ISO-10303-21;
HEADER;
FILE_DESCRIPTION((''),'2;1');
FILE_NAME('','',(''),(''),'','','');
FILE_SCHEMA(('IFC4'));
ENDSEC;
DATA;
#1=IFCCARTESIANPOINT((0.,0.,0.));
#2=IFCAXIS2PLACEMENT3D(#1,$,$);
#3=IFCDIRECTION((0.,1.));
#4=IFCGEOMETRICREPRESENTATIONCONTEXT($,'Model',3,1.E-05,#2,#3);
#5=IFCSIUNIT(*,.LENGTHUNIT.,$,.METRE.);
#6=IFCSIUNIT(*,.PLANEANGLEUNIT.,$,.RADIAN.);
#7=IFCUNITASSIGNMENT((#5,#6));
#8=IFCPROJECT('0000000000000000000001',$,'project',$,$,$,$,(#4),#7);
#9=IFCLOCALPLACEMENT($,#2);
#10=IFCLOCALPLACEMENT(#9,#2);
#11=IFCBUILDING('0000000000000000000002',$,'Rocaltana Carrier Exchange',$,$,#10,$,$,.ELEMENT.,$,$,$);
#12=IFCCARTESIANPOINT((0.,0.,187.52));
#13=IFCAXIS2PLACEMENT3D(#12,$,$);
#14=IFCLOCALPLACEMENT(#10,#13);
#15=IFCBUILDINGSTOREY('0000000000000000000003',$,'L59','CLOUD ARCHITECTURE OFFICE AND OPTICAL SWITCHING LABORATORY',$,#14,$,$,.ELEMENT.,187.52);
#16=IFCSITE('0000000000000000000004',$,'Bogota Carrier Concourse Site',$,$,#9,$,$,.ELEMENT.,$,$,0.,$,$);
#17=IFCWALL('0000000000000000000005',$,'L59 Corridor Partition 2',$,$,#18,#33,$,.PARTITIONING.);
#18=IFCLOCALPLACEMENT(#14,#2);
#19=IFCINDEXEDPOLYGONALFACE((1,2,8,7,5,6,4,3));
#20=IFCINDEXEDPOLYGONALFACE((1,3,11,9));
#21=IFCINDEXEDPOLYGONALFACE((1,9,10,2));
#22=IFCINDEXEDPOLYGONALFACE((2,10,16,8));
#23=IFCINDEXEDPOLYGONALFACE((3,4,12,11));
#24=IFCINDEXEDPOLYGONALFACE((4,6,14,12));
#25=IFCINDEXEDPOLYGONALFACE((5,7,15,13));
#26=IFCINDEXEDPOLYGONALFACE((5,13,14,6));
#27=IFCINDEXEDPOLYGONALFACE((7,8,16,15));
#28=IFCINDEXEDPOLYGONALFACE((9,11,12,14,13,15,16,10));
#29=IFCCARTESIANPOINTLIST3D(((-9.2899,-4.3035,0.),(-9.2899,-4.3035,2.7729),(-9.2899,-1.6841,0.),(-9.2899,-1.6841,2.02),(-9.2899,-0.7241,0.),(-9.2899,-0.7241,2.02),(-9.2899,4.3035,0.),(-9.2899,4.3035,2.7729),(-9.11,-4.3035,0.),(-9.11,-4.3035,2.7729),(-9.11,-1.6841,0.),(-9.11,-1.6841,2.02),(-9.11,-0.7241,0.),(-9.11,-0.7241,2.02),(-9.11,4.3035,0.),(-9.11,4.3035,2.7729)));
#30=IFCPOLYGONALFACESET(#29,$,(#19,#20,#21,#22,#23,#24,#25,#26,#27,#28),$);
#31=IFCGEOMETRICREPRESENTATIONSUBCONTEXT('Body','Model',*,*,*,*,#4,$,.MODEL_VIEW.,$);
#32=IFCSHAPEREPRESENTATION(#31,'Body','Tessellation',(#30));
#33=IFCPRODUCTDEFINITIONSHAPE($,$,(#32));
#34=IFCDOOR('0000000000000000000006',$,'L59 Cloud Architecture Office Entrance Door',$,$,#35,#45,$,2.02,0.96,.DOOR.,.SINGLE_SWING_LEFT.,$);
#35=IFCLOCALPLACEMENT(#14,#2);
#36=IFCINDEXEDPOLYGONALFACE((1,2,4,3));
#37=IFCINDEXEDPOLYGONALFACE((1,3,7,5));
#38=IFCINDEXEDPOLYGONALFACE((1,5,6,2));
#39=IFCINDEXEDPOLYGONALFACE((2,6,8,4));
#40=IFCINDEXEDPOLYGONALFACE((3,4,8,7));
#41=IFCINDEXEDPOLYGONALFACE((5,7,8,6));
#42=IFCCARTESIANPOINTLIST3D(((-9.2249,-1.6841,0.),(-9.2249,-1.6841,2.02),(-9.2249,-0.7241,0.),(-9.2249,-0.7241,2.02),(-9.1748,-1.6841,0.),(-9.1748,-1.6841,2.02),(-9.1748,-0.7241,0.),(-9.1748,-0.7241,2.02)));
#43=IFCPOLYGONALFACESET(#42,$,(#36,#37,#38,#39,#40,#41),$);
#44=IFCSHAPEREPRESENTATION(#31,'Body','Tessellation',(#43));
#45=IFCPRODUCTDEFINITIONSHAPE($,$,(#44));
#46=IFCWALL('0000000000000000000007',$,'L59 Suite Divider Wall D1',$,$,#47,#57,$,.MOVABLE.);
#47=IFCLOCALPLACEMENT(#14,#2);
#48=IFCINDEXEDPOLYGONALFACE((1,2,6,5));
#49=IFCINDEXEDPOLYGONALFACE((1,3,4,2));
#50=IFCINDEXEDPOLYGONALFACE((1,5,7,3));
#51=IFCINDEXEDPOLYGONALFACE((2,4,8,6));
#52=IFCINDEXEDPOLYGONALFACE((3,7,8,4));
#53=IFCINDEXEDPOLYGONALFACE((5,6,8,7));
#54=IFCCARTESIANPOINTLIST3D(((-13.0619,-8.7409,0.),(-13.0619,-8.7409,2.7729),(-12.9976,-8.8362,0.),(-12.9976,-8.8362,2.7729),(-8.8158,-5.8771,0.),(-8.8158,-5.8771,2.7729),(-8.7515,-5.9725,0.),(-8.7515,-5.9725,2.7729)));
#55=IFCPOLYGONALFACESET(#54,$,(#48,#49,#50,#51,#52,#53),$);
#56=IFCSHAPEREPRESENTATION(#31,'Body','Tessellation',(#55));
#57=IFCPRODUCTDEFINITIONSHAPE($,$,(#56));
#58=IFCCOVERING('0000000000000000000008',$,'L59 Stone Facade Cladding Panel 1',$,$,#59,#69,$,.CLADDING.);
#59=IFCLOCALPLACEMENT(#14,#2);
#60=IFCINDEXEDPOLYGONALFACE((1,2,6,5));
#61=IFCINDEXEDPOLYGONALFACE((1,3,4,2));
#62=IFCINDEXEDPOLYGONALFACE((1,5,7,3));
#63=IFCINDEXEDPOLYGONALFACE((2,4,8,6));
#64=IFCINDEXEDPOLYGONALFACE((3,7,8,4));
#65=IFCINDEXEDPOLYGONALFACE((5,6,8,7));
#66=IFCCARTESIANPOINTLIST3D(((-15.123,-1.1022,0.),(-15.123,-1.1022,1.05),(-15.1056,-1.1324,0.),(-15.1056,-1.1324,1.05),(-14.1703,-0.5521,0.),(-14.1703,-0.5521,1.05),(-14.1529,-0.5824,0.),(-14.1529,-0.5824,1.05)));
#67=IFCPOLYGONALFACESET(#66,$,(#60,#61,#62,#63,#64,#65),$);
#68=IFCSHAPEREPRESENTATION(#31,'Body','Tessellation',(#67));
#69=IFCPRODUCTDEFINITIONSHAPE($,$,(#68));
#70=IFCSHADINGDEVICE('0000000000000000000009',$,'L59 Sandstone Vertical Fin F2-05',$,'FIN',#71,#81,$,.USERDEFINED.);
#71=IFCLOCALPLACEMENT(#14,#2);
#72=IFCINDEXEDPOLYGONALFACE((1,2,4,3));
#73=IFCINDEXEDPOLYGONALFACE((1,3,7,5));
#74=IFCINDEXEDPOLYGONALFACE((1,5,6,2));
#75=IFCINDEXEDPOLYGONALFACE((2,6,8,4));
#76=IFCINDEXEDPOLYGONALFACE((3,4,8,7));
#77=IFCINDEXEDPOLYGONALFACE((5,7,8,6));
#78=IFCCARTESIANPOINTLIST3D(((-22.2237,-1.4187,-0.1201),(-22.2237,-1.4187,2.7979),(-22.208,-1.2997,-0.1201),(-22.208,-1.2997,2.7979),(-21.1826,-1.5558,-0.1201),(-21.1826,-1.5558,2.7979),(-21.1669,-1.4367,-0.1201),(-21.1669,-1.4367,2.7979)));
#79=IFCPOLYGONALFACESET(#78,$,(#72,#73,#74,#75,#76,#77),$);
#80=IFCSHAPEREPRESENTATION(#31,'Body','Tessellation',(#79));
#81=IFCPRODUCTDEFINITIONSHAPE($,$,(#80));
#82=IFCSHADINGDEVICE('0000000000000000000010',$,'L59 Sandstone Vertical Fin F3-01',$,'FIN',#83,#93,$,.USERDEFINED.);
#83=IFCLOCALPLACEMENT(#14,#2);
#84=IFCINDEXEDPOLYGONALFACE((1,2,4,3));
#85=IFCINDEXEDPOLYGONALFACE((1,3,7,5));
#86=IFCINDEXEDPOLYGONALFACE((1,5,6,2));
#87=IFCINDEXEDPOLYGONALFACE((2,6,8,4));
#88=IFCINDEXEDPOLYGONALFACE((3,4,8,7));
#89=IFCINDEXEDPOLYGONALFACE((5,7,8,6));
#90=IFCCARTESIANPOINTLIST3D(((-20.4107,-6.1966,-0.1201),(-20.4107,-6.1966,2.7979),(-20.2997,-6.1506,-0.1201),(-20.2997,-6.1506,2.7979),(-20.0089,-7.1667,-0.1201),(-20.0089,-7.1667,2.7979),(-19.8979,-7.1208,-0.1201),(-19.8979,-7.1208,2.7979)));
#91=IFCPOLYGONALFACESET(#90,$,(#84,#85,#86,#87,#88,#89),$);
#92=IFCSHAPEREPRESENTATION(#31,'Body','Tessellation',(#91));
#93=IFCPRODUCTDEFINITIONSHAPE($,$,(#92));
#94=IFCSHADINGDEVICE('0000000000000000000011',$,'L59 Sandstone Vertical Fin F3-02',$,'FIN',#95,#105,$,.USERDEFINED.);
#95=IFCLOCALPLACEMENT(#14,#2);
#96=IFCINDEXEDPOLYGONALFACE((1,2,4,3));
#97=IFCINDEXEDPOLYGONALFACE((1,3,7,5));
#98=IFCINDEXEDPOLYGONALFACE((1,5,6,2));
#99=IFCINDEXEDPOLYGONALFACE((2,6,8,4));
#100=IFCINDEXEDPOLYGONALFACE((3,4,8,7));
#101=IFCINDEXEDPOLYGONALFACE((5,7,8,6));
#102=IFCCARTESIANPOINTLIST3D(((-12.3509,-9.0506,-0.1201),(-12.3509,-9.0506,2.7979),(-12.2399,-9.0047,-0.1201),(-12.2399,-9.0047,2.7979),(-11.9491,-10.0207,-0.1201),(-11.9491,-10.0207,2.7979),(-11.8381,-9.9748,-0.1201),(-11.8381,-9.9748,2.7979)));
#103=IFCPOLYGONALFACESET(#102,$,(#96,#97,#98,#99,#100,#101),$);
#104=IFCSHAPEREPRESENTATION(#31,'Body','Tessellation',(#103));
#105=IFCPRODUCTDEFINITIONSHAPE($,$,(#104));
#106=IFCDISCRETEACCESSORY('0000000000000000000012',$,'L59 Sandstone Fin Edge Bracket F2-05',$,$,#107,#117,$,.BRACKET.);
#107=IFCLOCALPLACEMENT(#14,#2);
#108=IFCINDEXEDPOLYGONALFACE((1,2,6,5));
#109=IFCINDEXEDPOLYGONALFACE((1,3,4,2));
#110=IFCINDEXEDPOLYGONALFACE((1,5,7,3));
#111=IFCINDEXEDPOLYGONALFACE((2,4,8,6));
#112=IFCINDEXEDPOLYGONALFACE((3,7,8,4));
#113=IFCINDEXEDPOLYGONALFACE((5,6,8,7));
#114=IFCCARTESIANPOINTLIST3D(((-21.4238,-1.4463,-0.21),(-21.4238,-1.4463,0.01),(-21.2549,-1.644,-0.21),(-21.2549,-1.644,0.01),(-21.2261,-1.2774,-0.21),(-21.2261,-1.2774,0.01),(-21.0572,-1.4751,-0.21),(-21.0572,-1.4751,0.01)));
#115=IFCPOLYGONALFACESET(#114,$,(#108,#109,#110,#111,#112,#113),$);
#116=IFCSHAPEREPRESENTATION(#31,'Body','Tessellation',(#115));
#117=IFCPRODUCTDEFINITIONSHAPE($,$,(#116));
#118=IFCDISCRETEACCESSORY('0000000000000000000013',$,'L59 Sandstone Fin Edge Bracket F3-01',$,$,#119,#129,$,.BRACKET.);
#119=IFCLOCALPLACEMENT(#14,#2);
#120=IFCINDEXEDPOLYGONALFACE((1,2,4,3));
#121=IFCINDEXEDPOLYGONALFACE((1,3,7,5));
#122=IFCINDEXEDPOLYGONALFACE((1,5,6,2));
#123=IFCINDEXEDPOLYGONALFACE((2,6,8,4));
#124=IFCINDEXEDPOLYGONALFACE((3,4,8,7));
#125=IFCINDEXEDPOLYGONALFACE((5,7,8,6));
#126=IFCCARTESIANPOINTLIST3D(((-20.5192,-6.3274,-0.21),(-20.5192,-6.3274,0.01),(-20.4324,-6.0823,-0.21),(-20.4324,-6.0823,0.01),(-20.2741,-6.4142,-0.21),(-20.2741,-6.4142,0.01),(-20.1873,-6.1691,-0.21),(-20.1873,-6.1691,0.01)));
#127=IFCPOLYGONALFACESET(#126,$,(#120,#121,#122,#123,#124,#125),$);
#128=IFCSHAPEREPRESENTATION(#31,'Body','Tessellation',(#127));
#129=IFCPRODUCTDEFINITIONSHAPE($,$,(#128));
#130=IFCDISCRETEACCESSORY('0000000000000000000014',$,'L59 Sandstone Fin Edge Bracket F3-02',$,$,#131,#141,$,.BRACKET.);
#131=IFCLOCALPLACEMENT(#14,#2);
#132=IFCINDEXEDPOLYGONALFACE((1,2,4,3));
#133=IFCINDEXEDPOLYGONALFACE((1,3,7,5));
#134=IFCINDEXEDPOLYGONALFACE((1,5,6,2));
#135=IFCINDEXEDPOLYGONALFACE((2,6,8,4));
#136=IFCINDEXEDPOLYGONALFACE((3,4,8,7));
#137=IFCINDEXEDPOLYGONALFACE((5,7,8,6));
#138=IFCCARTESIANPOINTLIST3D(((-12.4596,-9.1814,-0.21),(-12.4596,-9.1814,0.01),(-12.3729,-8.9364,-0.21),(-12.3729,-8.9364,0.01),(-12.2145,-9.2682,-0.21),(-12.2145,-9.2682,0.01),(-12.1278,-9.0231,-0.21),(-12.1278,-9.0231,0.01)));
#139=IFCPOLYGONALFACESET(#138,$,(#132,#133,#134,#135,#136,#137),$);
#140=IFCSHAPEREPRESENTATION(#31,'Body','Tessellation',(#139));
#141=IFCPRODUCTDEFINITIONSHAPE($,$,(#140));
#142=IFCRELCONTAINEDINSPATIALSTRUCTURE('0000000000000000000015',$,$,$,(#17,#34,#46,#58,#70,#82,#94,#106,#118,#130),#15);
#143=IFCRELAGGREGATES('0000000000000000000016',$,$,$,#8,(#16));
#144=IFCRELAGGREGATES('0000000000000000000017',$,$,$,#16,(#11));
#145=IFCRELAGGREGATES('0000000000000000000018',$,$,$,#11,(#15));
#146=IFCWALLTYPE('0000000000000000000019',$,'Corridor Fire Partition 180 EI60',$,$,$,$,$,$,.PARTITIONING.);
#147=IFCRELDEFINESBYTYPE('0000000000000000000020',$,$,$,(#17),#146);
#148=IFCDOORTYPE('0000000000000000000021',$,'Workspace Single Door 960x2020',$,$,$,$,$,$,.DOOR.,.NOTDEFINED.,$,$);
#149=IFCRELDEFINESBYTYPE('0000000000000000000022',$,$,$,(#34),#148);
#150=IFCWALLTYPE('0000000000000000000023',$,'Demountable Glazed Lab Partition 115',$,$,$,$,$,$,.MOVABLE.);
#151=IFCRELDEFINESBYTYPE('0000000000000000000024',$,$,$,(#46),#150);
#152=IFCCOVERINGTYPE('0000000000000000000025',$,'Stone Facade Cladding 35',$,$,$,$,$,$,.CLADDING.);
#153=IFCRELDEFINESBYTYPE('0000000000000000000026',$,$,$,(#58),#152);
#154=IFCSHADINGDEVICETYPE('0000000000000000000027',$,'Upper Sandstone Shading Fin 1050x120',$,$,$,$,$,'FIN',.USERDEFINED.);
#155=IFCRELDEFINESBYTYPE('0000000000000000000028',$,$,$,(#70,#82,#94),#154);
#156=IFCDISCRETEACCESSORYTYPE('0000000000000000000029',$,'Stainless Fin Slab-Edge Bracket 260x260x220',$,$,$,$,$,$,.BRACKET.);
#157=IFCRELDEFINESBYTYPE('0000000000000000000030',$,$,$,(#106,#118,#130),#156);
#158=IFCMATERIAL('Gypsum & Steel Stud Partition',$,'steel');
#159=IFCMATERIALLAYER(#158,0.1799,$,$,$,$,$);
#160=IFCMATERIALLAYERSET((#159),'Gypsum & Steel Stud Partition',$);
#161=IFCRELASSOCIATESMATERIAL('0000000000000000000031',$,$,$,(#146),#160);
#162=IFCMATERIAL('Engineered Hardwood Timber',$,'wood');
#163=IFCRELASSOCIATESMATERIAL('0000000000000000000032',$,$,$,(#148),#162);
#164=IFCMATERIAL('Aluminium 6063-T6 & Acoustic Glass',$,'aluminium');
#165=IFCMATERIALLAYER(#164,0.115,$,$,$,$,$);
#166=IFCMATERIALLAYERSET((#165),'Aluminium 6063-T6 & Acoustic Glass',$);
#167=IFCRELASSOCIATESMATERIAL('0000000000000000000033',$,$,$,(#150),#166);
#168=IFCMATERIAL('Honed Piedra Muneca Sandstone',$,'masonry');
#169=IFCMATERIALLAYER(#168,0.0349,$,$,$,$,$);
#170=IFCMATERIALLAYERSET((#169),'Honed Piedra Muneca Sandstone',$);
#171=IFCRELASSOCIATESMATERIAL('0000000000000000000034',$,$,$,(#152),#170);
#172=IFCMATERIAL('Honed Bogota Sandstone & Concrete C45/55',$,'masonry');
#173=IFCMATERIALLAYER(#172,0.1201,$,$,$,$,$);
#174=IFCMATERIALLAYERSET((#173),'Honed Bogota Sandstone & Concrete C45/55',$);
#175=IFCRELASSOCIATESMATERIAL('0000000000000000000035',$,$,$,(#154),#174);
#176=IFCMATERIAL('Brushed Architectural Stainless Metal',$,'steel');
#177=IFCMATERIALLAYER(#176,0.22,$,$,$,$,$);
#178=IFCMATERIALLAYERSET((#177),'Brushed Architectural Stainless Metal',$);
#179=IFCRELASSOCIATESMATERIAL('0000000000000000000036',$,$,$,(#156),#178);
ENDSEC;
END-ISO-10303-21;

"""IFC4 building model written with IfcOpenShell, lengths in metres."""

from ifc_helpers import new_model, si_unit, direction, frame, frame_2d, origin, origin_2d, place, context, subcontext, project, spatial, rectangle, extrude, material, layer, layer_set, type_object, element, fill, save


model = new_model("IFC4")

# Units and contexts
model_context = context("Model", 3, precision=1e-05, world=origin(), true_north=direction((0.0, 1.0)))
body_context = subcontext(model_context, "Body", "Model", "MODEL_VIEW")
ifc_project = project(units=[si_unit("LENGTHUNIT", "METRE"), si_unit("PLANEANGLEUNIT", "RADIAN")], contexts=[model_context])

# Site, building, storey
site_placement = place(None, origin())
site = spatial("IfcSite", under=ifc_project, at=site_placement, Name="Bogota Carrier Concourse Site", CompositionType="ELEMENT", RefElevation=0.0)
building_placement = place(site_placement, origin())
building = spatial("IfcBuilding", under=site, at=building_placement, Name="Rocaltana Carrier Exchange", CompositionType="ELEMENT")
storey_placement = place(building_placement, frame((0.0, 0.0, 187.52)))
storey = spatial("IfcBuildingStorey", under=building, at=storey_placement, Name="L59", Description="CLOUD ARCHITECTURE OFFICE AND OPTICAL SWITCHING LABORATORY", CompositionType="ELEMENT", Elevation=187.52)

# Wall, opening, door
ifc_material_1 = material(Name="Gypsum & Steel Stud Partition", Category="steel")
ifc_layer_1 = layer(ifc_material_1, 0.1799)
ifc_layer_set_1 = layer_set([ifc_layer_1], Name="Gypsum & Steel Stud Partition")
wall_type_1 = type_object("IfcWallType", Name="Corridor Fire Partition 180 EI60", PredefinedType="PARTITIONING", material=ifc_layer_set_1)
wall_1_placement = place(storey_placement, frame((-9.2, -4.3035, 0.0), z_axis=(0.0, 0.0, 1.0), x_axis=(0.0, 1.0, 0.0)))
wall_1 = element("IfcWall", 1, at=wall_1_placement, inside=storey, type_object=wall_type_1, Name="L59 Corridor Partition 2", PredefinedType="PARTITIONING", context=body_context, shape_type="SweptSolid", body=[
    extrude(rectangle(XDim=8.6069, YDim=0.1799, at=frame_2d((4.3035, 0.0))), origin(), (0.0, 0.0, 1.0), 2.7729),
])
opening_placement = place(wall_1_placement, frame((2.6194, 0.0, 0.0)))
opening = element("IfcOpeningElement", 2, at=opening_placement, cuts=wall_1, PredefinedType="OPENING", context=body_context, shape_type="SweptSolid", body=[
    extrude(rectangle(XDim=0.96, YDim=2.02, at=frame_2d((0.48, 1.01))), frame((0.0, 0.0999, 0.0), z_axis=(0.0, -1.0, 0.0), x_axis=(1.0, 0.0, 0.0)), (0.0, 0.0, 1.0), 0.2),
])
ifc_material_2 = material(Name="Engineered Hardwood Timber", Category="wood")
door_type = type_object("IfcDoorType", Name="Workspace Single Door 960x2020", OperationType="NOTDEFINED", PredefinedType="DOOR", material=ifc_material_2)
door_placement = place(opening_placement, origin())
door = element("IfcDoor", 3, at=door_placement, inside=storey, type_object=door_type, Name="L59 Cloud Architecture Office Entrance Door", OperationType="SINGLE_SWING_LEFT", OverallHeight=2.02, OverallWidth=0.96, PredefinedType="DOOR", context=body_context, shape_type="SweptSolid", body=[
    extrude(rectangle(XDim=0.96, YDim=2.02, at=frame_2d((0.48, 1.01))), frame((0.0, 0.0249, 0.0), z_axis=(0.0, -1.0, 0.0), x_axis=(1.0, 0.0, 0.0)), (0.0, 0.0, 1.0), 0.05),
])
fill(opening, door)

# Wall
ifc_material_3 = material(Name="Aluminium 6063-T6 & Acoustic Glass", Category="aluminium")
ifc_layer_2 = layer(ifc_material_3, 0.115)
ifc_layer_set_2 = layer_set([ifc_layer_2], Name="Aluminium 6063-T6 & Acoustic Glass")
wall_type_2 = type_object("IfcWallType", Name="Demountable Glazed Lab Partition 115", PredefinedType="MOVABLE", material=ifc_layer_set_2)
wall_2_placement = place(storey_placement, frame((-8.7837, -5.9248, 0.0), z_axis=(0.0, 0.0, 1.0), x_axis=(-0.829061, -0.559158, 0.0)))
element("IfcWall", 4, at=wall_2_placement, inside=storey, type_object=wall_type_2, Name="L59 Suite Divider Wall D1", PredefinedType="MOVABLE", context=body_context, shape_type="SweptSolid", body=[
    extrude(rectangle(XDim=5.1216, YDim=0.115, at=frame_2d((2.5608, 0.0))), origin(), (0.0, 0.0, 1.0), 2.7729),
])

# Covering
ifc_material_4 = material(Name="Honed Piedra Muneca Sandstone", Category="masonry")
ifc_layer_3 = layer(ifc_material_4, 0.0349)
ifc_layer_set_3 = layer_set([ifc_layer_3], Name="Honed Piedra Muneca Sandstone")
covering_type = type_object("IfcCoveringType", Name="Stone Facade Cladding 35", PredefinedType="CLADDING", material=ifc_layer_set_3)
covering_placement = place(storey_placement, frame((-14.6379, -0.8423, 0.0), z_axis=(0.0, 0.0, 1.0), x_axis=(0.866025, 0.5, 0.0)))
element("IfcCovering", 5, at=covering_placement, inside=storey, type_object=covering_type, Name="L59 Stone Facade Cladding Panel 1", PredefinedType="CLADDING", context=body_context, shape_type="SweptSolid", body=[
    extrude(rectangle(XDim=1.1001, YDim=0.0349, at=origin_2d()), origin(), (0.0, 0.0, 1.0), 1.05),
])

# Shading devices
ifc_material_5 = material(Name="Honed Bogota Sandstone & Concrete C45/55", Category="masonry")
ifc_layer_4 = layer(ifc_material_5, 0.1201)
ifc_layer_set_4 = layer_set([ifc_layer_4], Name="Honed Bogota Sandstone & Concrete C45/55")
shading_device_type = type_object("IfcShadingDeviceType", Name="Upper Sandstone Shading Fin 1050x120", ElementType="FIN", PredefinedType="USERDEFINED", material=ifc_layer_set_4)
for number, where, z_axis, x_axis, name in (
    (6, (-21.6953, -1.4277, -0.1201), (0.0, 0.0, 1.0), (-0.991445, 0.130526, 0.0), "L59 Sandstone Vertical Fin F2-05"),
    (7, (-20.1543, -6.6587, -0.1201), (0.0, 0.0, 1.0), (0.382683, -0.92388, 0.0), "L59 Sandstone Vertical Fin F3-01"),
    (8, (-12.0945, -9.5127, -0.1201), (0.0, 0.0, 1.0), (0.382683, -0.92388, 0.0), "L59 Sandstone Vertical Fin F3-02"),
):
    element("IfcShadingDevice", number, at=place(storey_placement, frame(where, z_axis=z_axis, x_axis=x_axis)), inside=storey, type_object=shading_device_type, Name=name, ObjectType="FIN", PredefinedType="USERDEFINED", context=body_context, shape_type="SweptSolid", body=[
        extrude(rectangle(XDim=1.05, YDim=0.1201, at=origin_2d()), origin(), (0.0, 0.0, 1.0), 2.918),
    ])

# Discrete accessories
ifc_material_6 = material(Name="Brushed Architectural Stainless Metal", Category="steel")
ifc_layer_5 = layer(ifc_material_6, 0.22)
ifc_layer_set_5 = layer_set([ifc_layer_5], Name="Brushed Architectural Stainless Metal")
discrete_accessory_type = type_object("IfcDiscreteAccessoryType", Name="Stainless Fin Slab-Edge Bracket 260x260x220", PredefinedType="BRACKET", material=ifc_layer_set_5)
for number, where, z_axis, x_axis, name in (
    (9, (-21.2405, -1.4607, -0.21), (0.0, 0.0, 1.0), (-0.760406, -0.649448, 0.0), "L59 Sandstone Fin Edge Bracket F2-05"),
    (10, (-20.3533, -6.2483, -0.21), (0.0, 0.0, 1.0), (0.942641, -0.333807, 0.0), "L59 Sandstone Fin Edge Bracket F3-01"),
    (11, (-12.2937, -9.1023, -0.21), (0.0, 0.0, 1.0), (0.942641, -0.333807, 0.0), "L59 Sandstone Fin Edge Bracket F3-02"),
):
    element("IfcDiscreteAccessory", number, at=place(storey_placement, frame(where, z_axis=z_axis, x_axis=x_axis)), inside=storey, type_object=discrete_accessory_type, Name=name, PredefinedType="BRACKET", context=body_context, shape_type="SweptSolid", body=[
        extrude(rectangle(XDim=0.26, YDim=0.26, at=origin_2d()), origin(), (0.0, 0.0, 1.0), 0.22),
    ])

save(model, "model.ifc")
